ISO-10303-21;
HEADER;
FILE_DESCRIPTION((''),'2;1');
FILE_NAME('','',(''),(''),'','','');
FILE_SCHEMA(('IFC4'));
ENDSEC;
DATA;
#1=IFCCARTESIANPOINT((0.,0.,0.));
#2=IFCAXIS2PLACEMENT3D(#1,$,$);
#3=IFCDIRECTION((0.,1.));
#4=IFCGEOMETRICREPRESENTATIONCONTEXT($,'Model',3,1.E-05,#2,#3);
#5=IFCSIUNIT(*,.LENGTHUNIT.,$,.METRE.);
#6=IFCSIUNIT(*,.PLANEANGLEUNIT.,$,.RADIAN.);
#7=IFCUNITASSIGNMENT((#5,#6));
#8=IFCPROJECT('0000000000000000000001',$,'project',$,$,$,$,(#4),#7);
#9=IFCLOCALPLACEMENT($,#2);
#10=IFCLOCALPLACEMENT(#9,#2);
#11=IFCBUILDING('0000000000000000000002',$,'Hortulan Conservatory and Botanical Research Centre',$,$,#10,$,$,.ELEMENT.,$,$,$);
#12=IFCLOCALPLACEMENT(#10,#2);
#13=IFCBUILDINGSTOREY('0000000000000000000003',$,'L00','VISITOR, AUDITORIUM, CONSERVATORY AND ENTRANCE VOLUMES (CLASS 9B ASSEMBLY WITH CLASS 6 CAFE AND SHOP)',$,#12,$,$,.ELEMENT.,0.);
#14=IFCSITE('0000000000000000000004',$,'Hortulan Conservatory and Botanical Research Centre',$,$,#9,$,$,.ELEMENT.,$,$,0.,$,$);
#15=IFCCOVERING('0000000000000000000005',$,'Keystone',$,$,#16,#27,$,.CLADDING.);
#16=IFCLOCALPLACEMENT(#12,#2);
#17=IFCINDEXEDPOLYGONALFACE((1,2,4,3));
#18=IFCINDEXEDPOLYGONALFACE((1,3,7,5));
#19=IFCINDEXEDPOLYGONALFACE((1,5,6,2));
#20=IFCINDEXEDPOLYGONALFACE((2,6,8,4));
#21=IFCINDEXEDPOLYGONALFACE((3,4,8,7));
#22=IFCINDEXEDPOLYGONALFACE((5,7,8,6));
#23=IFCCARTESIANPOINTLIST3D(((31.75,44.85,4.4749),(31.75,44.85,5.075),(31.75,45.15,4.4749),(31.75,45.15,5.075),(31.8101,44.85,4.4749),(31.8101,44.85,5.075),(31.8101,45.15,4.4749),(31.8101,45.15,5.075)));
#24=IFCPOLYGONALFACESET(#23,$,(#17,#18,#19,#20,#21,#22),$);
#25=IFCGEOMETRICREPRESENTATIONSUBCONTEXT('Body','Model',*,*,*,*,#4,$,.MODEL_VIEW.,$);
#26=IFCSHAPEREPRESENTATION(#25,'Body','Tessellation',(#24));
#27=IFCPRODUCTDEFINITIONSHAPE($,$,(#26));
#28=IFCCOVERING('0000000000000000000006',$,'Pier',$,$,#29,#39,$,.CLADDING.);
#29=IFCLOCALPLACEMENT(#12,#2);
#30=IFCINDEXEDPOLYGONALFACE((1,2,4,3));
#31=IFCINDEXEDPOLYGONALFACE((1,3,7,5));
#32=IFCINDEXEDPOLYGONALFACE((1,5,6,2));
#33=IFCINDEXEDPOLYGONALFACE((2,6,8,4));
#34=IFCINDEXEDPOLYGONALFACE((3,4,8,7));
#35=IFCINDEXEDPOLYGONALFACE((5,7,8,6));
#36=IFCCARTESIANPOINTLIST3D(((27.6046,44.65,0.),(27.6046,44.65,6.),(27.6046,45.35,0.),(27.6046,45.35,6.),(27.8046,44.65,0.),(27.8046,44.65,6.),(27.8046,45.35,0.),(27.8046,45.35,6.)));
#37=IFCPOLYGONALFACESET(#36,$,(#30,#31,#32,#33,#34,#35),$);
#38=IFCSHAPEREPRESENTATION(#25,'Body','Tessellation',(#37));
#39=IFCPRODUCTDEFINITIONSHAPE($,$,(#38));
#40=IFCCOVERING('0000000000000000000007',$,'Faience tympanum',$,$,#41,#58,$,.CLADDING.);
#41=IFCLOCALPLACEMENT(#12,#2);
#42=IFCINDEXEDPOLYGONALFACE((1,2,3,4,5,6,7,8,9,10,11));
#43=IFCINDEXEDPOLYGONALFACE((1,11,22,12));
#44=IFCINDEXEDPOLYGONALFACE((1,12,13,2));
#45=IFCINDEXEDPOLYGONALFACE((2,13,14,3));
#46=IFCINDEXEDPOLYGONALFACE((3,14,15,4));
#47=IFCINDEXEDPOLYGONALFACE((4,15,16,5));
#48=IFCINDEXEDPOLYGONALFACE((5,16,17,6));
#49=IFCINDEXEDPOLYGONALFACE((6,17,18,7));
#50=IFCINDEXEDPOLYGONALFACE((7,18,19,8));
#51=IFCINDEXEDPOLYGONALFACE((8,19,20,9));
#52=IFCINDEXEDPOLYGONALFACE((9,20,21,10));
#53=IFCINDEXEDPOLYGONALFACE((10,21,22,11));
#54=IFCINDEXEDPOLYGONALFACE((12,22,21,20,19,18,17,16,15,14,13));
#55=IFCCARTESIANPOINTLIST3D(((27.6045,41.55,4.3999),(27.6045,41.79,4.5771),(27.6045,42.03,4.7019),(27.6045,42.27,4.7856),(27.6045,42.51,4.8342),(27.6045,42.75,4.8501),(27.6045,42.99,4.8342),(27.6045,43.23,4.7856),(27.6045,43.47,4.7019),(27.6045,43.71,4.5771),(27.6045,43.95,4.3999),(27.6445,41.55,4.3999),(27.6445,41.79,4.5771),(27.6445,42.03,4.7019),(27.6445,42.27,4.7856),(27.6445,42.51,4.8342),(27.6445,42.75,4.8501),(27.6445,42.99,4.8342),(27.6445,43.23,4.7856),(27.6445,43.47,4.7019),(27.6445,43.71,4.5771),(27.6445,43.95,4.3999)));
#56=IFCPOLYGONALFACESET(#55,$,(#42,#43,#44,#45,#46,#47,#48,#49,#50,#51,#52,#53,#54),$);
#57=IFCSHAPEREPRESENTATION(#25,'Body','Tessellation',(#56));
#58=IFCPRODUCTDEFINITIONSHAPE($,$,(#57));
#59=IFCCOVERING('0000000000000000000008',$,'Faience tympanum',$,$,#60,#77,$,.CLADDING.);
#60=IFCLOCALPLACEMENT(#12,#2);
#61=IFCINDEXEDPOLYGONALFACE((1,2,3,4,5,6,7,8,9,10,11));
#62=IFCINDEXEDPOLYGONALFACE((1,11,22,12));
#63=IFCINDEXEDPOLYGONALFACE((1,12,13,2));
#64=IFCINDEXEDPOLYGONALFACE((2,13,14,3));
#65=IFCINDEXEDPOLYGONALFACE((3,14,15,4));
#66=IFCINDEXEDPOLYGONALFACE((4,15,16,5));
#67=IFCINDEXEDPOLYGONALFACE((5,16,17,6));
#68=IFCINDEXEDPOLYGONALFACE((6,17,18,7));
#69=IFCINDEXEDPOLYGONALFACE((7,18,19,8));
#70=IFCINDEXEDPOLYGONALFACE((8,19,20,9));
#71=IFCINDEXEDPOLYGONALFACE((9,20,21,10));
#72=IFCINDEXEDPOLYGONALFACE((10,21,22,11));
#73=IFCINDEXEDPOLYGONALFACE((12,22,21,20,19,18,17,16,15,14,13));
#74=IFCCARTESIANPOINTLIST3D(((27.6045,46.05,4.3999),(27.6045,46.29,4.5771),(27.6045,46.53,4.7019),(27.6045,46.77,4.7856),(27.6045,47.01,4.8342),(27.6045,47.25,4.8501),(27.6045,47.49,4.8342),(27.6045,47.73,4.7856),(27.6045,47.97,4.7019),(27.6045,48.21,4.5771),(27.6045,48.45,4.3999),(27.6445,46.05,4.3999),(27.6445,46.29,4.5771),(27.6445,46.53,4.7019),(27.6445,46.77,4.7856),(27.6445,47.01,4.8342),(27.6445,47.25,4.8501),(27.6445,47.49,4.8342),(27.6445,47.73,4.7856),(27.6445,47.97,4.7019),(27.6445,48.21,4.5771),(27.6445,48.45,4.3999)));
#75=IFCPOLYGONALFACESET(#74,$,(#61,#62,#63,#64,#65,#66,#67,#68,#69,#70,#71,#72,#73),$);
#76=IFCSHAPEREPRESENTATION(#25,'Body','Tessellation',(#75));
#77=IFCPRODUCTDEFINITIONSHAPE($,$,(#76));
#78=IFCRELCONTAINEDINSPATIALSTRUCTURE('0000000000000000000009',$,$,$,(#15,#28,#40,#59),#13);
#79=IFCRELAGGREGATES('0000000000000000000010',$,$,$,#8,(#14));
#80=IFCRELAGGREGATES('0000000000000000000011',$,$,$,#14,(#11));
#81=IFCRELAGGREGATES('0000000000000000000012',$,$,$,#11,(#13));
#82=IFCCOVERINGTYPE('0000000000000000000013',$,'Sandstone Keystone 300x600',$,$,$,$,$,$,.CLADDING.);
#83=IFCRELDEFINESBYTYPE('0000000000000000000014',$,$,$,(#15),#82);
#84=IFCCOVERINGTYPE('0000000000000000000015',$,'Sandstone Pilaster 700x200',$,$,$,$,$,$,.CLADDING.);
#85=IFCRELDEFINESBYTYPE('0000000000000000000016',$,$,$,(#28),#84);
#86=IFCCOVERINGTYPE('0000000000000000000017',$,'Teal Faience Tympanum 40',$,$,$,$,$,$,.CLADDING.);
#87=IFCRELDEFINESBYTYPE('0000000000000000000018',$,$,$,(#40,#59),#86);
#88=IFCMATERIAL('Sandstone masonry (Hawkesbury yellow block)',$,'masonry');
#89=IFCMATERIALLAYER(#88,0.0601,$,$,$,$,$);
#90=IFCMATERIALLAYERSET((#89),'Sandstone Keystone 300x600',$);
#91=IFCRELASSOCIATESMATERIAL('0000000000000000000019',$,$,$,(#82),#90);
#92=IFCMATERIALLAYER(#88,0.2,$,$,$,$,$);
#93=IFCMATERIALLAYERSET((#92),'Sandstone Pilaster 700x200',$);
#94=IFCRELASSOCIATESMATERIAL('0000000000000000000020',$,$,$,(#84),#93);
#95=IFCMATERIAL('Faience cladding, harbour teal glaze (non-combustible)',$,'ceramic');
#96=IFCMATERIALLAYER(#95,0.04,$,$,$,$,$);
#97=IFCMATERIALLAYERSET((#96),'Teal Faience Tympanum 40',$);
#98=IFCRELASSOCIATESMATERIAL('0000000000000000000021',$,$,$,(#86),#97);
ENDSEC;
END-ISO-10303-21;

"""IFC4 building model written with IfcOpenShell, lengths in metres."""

from ifc_helpers import new_model, si_unit, direction, frame, origin, origin_2d, place, context, subcontext, project, spatial, polyline, rectangle, outline, extrude, material, layer, layer_set, type_object, element, save


model = new_model("IFC4")

# Units and contexts
model_context = context("Model", 3, precision=1e-05, world=origin(), true_north=direction((0.0, 1.0)))
body_context = subcontext(model_context, "Body", "Model", "MODEL_VIEW")
ifc_project = project(units=[si_unit("LENGTHUNIT", "METRE"), si_unit("PLANEANGLEUNIT", "RADIAN")], contexts=[model_context])

# Site, building, storey
site_placement = place(None, origin())
site = spatial("IfcSite", under=ifc_project, at=site_placement, Name="Hortulan Conservatory and Botanical Research Centre", CompositionType="ELEMENT", RefElevation=0.0)
building_placement = place(site_placement, origin())
building = spatial("IfcBuilding", under=site, at=building_placement, Name="Hortulan Conservatory and Botanical Research Centre", CompositionType="ELEMENT")
storey_placement = place(building_placement, origin())
storey = spatial("IfcBuildingStorey", under=building, at=storey_placement, Name="L00", Description="VISITOR, AUDITORIUM, CONSERVATORY AND ENTRANCE VOLUMES (CLASS 9B ASSEMBLY WITH CLASS 6 CAFE AND SHOP)", CompositionType="ELEMENT", Elevation=0.0)

# Shared definitions
ifc_material_1 = material(Name="Sandstone masonry (Hawkesbury yellow block)", Category="masonry")

# Coverings
ifc_layer_1 = layer(ifc_material_1, 0.0601)
ifc_layer_set_1 = layer_set([ifc_layer_1], Name="Sandstone Keystone 300x600")
covering_type_1 = type_object("IfcCoveringType", Name="Sandstone Keystone 300x600", PredefinedType="CLADDING", material=ifc_layer_set_1)
covering_1_placement = place(storey_placement, frame((31.78, 45.0, 4.4749), z_axis=(0.0, 0.0, 1.0), x_axis=(0.0, 1.0, 0.0)))
element("IfcCovering", 1, at=covering_1_placement, inside=storey, type_object=covering_type_1, Name="Keystone", PredefinedType="CLADDING", context=body_context, shape_type="SweptSolid", body=[
    extrude(rectangle(XDim=0.3, YDim=0.0601, at=origin_2d()), origin(), (0.0, 0.0, 1.0), 0.6001),
])
ifc_layer_2 = layer(ifc_material_1, 0.2)
ifc_layer_set_2 = layer_set([ifc_layer_2], Name="Sandstone Pilaster 700x200")
covering_type_2 = type_object("IfcCoveringType", Name="Sandstone Pilaster 700x200", PredefinedType="CLADDING", material=ifc_layer_set_2)
covering_2_placement = place(storey_placement, frame((27.7046, 45.0, 0.0), z_axis=(0.0, 0.0, 1.0), x_axis=(0.0, -1.0, 0.0)))
element("IfcCovering", 2, at=covering_2_placement, inside=storey, type_object=covering_type_2, Name="Pier", PredefinedType="CLADDING", context=body_context, shape_type="SweptSolid", body=[
    extrude(rectangle(XDim=0.7, YDim=0.2, at=origin_2d()), origin(), (0.0, 0.0, 1.0), 6.0),
])
ifc_material_2 = material(Name="Faience cladding, harbour teal glaze (non-combustible)", Category="ceramic")
ifc_layer_3 = layer(ifc_material_2, 0.04)
ifc_layer_set_3 = layer_set([ifc_layer_3], Name="Teal Faience Tympanum 40")
covering_type_3 = type_object("IfcCoveringType", Name="Teal Faience Tympanum 40", PredefinedType="CLADDING", material=ifc_layer_set_3)
for number, where, z_axis, x_axis, name in (
    (3, (27.6245, 43.95, 4.3999), (0.0, 0.0, 1.0), (0.0, -1.0, 0.0), "Faience tympanum"),
    (4, (27.6245, 48.45, 4.3999), (0.0, 0.0, 1.0), (0.0, -1.0, 0.0), "Faience tympanum"),
):
    element("IfcCovering", number, at=place(storey_placement, frame(where, z_axis=z_axis, x_axis=x_axis)), inside=storey, type_object=covering_type_3, Name=name, PredefinedType="CLADDING", context=body_context, shape_type="SweptSolid", body=[
        extrude(outline(polyline([(0.0, 0.0), (0.24, 0.1772), (0.48, 0.302), (0.72, 0.3857), (0.96, 0.4343), (1.2, 0.4502), (1.4399, 0.4343), (1.6799, 0.3857), (1.9199, 0.302), (2.1599, 0.1772), (2.3999, 0.0), (2.3999, 0.0), (0.0, 0.0), (0.0, 0.0)])), frame((0.0, 0.02, 0.0), z_axis=(0.0, -1.0, 0.0), x_axis=(1.0, 0.0, 0.0)), (0.0, 0.0, 1.0), 0.04),
    ])

save(model, "model.ifc")
